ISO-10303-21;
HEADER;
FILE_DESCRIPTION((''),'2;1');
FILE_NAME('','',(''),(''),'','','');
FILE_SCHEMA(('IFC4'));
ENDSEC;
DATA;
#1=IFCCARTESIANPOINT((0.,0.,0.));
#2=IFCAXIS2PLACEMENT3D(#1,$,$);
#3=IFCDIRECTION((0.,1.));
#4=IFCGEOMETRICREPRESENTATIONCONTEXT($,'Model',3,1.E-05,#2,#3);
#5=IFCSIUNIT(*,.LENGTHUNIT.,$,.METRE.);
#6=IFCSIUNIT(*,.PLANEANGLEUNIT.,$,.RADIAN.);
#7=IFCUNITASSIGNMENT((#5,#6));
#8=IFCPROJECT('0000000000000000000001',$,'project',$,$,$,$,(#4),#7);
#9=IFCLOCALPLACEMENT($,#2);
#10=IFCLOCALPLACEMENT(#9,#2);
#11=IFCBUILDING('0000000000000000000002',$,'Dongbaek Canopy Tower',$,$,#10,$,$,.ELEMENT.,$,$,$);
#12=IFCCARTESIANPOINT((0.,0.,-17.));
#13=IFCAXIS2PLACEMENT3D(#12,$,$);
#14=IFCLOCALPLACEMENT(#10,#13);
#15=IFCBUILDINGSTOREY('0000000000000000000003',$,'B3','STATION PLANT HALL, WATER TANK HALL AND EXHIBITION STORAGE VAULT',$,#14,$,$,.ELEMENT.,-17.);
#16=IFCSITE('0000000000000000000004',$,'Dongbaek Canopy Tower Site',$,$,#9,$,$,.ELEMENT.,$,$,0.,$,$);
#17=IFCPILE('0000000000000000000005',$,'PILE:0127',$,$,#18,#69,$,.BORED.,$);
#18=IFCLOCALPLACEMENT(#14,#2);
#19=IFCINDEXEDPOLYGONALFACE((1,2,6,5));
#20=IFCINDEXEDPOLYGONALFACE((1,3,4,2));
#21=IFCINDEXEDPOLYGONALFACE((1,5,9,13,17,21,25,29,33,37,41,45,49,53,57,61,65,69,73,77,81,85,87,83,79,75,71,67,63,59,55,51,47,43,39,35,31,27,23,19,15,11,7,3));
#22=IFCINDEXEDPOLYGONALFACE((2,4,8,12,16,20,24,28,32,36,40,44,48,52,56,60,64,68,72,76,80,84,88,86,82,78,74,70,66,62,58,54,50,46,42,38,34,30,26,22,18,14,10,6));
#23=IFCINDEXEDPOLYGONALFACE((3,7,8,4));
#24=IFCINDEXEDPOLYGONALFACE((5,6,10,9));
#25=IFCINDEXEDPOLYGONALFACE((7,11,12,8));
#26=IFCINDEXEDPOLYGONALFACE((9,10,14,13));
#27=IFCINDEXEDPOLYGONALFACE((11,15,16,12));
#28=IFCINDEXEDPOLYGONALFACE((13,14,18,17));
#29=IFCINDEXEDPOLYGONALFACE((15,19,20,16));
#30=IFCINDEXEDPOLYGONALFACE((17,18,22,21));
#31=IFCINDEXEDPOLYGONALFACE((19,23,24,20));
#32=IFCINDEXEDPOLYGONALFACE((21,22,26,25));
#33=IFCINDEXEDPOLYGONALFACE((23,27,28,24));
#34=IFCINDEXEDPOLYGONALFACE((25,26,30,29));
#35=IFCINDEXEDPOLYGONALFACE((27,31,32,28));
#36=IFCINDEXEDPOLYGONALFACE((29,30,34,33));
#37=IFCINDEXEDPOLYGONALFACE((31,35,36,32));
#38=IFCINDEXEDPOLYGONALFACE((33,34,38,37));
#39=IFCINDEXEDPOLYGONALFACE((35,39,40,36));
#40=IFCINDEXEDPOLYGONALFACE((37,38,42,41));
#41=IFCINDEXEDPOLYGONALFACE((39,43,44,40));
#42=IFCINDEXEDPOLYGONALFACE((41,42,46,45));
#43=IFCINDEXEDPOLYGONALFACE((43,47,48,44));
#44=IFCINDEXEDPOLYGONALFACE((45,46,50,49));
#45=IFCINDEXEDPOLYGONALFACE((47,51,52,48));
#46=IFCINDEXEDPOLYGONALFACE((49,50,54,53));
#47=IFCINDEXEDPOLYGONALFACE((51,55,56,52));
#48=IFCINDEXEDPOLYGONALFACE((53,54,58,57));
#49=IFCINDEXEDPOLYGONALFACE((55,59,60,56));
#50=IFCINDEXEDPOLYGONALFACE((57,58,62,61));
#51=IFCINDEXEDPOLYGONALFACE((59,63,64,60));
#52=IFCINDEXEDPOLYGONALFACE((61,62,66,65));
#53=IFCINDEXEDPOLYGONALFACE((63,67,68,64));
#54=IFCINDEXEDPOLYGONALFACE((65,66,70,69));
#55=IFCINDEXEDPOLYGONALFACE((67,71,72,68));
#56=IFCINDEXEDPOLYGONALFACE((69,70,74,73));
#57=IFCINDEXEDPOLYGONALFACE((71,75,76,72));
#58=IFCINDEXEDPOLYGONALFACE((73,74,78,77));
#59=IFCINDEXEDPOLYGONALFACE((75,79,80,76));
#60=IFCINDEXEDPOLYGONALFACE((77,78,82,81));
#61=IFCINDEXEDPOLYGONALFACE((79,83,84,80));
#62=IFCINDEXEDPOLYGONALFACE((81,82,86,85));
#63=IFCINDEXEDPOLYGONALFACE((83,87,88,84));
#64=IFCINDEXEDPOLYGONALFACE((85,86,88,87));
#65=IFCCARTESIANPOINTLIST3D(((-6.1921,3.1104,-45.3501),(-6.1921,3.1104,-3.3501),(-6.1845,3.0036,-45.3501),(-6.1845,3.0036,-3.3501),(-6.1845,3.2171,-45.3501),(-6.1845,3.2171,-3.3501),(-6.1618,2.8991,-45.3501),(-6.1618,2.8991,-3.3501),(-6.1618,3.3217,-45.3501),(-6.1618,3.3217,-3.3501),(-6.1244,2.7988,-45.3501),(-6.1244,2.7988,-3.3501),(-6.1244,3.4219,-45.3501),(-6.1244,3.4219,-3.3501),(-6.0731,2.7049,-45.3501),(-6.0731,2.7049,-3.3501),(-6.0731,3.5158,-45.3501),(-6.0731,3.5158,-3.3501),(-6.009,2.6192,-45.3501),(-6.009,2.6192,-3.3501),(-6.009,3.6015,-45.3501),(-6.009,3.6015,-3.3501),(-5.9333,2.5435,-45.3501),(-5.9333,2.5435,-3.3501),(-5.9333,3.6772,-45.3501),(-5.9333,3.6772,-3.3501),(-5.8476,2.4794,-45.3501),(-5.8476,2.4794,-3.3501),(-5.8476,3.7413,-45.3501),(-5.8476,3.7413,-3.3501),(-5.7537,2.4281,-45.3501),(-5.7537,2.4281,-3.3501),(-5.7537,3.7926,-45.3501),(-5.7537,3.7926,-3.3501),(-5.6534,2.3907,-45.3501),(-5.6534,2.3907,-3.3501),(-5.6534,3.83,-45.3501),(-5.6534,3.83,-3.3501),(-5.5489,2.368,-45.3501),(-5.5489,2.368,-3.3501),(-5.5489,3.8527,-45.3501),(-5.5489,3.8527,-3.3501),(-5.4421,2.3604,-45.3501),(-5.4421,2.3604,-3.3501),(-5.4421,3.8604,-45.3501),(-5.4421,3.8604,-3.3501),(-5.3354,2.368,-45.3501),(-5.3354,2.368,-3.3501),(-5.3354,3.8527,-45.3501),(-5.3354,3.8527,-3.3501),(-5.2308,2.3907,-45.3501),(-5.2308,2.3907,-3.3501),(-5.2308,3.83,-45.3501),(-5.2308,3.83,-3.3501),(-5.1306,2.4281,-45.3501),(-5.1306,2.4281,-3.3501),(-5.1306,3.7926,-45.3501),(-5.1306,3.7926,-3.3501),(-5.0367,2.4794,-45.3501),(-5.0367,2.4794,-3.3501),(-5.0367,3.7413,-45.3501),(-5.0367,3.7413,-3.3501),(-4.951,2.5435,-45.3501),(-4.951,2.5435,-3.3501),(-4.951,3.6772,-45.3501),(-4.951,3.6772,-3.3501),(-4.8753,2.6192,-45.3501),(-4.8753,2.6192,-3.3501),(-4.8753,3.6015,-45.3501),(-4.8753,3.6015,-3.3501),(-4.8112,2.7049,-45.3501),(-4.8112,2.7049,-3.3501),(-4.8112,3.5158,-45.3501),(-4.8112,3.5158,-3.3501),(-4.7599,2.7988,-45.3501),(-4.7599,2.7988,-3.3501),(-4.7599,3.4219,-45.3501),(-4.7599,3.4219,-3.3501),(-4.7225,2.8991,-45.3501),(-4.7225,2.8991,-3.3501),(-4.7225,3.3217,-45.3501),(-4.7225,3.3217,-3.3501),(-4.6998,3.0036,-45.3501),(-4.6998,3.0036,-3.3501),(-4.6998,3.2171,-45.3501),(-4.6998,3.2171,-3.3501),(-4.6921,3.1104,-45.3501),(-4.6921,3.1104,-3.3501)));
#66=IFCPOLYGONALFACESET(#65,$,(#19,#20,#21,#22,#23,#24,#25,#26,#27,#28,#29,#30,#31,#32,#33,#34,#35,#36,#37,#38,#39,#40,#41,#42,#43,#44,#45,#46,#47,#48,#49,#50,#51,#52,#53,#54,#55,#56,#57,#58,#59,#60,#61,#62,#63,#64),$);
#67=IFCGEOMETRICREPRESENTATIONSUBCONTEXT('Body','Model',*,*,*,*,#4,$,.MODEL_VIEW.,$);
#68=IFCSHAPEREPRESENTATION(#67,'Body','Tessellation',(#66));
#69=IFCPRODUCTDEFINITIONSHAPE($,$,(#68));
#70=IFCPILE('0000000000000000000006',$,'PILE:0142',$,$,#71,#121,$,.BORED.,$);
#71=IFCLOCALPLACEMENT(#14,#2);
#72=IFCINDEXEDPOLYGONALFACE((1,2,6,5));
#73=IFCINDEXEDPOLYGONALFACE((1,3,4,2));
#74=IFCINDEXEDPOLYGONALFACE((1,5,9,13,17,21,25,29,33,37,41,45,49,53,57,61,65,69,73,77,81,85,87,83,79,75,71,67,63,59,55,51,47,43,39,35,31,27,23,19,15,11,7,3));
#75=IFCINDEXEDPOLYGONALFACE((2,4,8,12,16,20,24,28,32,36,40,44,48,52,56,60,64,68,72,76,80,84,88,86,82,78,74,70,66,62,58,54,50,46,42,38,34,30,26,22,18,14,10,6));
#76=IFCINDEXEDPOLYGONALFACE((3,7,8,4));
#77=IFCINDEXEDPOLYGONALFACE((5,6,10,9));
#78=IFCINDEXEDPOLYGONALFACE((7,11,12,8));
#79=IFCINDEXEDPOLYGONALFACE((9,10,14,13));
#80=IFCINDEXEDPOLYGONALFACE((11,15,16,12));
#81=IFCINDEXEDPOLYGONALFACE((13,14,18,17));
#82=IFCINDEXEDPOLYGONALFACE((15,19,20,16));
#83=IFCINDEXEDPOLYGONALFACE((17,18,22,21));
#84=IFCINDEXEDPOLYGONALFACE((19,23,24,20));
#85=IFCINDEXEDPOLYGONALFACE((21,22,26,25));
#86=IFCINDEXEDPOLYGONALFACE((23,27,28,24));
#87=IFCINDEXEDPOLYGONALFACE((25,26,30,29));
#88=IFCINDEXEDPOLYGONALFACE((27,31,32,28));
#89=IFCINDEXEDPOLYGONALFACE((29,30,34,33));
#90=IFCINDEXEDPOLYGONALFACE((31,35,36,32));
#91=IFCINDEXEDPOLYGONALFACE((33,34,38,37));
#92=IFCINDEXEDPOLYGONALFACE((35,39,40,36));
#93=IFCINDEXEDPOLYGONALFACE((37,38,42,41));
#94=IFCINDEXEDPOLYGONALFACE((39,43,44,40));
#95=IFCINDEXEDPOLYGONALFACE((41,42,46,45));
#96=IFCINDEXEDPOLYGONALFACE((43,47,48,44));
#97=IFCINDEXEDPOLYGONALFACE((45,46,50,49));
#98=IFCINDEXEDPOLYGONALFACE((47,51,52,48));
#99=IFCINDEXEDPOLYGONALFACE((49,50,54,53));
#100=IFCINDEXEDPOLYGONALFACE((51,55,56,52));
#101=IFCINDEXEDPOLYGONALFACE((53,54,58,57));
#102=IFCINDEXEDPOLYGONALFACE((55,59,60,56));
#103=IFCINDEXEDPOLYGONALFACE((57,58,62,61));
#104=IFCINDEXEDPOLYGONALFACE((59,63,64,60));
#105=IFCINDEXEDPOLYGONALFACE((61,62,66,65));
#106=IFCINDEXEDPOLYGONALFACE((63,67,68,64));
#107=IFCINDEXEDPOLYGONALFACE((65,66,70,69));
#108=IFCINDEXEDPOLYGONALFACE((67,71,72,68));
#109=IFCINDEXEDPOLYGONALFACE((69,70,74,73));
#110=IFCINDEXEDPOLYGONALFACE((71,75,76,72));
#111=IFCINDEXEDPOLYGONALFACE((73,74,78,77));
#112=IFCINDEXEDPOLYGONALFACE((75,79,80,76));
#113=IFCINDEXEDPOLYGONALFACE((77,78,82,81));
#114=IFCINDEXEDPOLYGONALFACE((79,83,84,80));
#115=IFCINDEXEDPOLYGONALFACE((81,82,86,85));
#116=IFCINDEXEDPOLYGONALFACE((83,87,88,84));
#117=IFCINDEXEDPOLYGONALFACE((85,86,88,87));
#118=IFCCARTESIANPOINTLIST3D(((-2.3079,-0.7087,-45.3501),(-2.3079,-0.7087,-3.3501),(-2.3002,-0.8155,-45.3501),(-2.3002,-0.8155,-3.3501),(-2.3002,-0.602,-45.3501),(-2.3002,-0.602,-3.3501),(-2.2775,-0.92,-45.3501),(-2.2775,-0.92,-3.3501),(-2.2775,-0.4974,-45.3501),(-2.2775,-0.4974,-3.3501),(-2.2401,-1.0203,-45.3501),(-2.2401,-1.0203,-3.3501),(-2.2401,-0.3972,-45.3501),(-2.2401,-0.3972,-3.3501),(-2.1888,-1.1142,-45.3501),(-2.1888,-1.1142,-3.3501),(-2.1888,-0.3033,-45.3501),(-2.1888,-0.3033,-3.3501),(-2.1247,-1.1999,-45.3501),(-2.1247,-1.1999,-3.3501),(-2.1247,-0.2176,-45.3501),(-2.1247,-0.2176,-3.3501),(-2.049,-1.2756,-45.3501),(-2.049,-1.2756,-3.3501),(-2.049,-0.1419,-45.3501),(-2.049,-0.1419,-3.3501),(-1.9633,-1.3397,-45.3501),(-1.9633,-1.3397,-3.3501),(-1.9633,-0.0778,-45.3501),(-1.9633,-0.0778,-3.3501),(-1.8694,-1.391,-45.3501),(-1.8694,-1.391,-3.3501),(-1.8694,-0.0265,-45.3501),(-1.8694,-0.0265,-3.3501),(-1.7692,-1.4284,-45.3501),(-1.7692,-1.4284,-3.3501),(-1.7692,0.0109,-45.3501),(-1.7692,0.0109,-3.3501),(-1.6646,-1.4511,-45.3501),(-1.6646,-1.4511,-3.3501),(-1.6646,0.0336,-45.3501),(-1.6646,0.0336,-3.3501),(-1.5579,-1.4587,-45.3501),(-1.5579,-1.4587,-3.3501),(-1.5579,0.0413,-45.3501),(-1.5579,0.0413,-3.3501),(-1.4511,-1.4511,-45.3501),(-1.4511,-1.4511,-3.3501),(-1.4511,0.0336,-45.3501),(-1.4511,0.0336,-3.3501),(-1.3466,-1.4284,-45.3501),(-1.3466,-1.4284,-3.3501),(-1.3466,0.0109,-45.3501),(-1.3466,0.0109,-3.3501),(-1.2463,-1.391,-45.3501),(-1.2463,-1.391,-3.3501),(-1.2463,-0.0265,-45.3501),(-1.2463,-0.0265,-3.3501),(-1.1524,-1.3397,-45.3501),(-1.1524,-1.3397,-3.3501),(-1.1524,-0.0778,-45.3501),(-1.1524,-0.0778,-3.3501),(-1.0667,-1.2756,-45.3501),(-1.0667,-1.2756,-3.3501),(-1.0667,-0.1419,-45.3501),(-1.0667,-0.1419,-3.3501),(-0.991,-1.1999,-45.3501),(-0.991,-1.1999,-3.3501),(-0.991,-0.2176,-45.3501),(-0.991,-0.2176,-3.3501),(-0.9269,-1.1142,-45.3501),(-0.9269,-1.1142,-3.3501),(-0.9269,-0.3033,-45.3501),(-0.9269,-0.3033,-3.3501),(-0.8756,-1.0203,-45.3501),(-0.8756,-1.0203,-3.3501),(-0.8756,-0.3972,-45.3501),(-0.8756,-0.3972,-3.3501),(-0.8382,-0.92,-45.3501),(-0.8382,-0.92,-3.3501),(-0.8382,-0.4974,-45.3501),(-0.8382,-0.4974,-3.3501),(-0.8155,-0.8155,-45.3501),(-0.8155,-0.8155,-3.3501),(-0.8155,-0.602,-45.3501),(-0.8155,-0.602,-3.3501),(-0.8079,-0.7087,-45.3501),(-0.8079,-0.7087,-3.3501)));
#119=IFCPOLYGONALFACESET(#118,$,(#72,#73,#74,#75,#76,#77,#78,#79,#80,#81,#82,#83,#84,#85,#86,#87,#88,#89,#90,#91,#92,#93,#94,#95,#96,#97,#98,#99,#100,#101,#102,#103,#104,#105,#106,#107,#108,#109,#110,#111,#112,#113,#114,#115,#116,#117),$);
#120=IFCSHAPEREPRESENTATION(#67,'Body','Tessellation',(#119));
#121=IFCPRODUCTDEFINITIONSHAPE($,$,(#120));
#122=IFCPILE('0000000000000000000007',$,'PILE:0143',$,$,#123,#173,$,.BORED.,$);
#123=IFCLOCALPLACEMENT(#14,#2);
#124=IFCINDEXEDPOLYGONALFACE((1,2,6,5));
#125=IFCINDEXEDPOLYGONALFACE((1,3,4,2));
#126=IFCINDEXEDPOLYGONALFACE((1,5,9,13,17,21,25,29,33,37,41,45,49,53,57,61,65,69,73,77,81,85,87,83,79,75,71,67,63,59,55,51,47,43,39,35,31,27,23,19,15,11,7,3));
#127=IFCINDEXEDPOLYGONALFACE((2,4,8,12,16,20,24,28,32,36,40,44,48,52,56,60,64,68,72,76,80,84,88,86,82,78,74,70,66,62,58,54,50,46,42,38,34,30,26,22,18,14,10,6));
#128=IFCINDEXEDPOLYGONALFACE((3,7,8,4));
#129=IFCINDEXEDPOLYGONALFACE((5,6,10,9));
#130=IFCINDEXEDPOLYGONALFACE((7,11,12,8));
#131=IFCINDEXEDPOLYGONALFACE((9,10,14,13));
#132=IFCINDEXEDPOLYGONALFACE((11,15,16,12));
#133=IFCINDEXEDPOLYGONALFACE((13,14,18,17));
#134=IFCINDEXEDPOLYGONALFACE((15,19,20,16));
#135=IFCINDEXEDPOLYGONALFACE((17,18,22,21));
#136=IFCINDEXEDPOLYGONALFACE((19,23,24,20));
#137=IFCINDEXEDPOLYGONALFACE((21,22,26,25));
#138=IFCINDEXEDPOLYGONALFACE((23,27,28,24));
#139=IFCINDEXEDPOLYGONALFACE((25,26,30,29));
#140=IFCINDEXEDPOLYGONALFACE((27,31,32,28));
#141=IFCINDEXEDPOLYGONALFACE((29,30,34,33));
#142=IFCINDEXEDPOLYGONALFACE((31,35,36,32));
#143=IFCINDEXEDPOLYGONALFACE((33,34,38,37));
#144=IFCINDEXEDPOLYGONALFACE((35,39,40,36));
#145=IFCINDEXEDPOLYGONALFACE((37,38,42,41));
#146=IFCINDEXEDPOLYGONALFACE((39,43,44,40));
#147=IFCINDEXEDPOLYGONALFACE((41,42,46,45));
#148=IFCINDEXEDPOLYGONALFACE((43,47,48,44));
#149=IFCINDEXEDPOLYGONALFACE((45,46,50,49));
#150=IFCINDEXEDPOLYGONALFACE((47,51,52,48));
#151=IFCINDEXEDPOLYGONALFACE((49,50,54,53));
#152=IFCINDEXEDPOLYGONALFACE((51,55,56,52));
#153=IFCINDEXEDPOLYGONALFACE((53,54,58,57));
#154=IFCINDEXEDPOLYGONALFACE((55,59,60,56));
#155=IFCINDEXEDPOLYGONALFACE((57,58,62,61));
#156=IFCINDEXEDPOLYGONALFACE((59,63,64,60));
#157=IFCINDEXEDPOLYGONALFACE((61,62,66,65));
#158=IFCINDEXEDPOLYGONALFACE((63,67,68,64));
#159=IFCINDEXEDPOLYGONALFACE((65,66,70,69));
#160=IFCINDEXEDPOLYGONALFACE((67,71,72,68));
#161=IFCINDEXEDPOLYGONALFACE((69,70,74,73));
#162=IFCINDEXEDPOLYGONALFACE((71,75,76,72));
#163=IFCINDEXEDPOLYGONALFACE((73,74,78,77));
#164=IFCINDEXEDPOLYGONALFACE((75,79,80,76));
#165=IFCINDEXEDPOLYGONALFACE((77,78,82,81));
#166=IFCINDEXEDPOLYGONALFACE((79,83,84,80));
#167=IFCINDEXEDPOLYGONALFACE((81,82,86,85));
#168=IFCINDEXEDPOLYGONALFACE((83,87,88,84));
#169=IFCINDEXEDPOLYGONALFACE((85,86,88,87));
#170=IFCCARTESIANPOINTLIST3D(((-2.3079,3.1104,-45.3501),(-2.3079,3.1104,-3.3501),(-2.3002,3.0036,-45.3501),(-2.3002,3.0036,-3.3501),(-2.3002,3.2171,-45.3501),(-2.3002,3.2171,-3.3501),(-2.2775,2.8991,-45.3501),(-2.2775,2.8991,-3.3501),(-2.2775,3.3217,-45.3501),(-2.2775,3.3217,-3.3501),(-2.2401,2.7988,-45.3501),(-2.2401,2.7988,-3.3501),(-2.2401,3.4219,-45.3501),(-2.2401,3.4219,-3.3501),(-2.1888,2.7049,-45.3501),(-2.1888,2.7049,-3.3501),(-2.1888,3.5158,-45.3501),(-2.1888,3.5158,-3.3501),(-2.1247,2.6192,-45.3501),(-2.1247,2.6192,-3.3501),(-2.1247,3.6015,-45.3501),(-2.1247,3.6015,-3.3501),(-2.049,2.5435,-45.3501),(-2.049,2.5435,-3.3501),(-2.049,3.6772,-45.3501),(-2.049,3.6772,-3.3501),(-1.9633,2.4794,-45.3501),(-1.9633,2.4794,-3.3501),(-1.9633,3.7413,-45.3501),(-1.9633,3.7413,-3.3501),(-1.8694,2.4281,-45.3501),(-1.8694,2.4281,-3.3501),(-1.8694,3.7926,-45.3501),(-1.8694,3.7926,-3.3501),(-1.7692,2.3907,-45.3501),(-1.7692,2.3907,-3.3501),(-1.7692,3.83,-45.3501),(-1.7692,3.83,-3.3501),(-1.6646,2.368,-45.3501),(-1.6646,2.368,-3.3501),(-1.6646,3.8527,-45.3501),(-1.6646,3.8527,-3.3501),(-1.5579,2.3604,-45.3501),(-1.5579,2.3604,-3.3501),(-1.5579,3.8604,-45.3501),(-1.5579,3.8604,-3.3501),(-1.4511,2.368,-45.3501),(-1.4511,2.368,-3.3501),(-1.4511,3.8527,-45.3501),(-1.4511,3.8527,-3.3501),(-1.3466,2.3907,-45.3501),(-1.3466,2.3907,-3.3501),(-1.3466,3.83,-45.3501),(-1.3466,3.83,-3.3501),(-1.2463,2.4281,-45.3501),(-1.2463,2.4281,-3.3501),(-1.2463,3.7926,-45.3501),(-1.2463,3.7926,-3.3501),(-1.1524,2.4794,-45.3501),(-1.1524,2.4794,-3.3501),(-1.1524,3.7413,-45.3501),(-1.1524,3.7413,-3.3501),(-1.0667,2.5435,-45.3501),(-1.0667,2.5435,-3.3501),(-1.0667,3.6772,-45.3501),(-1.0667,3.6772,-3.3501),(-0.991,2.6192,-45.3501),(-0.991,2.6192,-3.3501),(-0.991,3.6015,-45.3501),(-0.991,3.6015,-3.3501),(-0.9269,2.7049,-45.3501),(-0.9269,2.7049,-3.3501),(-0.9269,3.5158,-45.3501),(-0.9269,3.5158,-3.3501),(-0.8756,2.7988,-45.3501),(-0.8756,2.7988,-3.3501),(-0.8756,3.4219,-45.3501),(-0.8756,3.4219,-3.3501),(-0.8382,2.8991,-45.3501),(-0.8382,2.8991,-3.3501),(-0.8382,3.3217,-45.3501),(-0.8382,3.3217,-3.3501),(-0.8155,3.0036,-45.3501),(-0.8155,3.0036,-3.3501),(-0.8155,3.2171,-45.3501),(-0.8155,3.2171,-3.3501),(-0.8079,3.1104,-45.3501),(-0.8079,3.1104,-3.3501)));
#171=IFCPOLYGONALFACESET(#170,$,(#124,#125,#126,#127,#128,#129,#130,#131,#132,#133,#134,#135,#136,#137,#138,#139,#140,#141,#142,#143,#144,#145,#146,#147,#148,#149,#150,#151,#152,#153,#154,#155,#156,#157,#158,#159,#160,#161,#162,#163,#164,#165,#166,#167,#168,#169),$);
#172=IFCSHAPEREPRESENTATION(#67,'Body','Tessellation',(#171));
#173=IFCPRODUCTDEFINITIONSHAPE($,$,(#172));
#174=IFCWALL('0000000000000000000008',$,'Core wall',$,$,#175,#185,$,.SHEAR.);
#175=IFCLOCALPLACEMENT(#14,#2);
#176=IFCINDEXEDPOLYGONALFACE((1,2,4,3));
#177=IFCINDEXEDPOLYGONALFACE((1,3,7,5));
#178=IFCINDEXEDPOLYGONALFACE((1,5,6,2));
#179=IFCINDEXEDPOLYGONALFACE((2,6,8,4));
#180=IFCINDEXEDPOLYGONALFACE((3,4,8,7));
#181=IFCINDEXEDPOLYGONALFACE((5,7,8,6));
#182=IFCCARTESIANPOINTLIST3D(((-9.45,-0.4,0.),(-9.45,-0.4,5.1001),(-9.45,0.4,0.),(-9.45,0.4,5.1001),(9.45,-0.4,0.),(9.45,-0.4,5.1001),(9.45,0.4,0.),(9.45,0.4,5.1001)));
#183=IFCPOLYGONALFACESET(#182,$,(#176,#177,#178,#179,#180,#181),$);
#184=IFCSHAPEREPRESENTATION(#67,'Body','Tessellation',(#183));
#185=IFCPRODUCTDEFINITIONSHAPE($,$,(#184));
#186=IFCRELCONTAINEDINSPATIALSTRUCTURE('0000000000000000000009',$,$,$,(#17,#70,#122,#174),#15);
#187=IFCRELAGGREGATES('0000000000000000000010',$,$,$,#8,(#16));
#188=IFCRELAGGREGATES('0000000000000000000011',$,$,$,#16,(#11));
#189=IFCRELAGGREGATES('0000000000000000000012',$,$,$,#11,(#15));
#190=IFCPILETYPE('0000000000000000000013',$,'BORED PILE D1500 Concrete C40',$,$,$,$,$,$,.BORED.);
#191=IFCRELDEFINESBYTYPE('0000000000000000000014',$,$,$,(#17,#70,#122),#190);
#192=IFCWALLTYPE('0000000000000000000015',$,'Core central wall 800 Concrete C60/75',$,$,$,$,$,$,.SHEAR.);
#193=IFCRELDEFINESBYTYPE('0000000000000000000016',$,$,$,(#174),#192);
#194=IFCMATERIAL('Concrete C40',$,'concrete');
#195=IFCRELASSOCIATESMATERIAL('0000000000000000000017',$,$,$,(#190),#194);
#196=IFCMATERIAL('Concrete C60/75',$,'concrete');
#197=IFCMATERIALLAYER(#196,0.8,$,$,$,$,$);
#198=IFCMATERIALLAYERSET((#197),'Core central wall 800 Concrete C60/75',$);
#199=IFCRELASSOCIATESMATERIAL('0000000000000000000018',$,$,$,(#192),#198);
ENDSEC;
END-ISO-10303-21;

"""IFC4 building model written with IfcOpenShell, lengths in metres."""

from ifc_helpers import new_model, si_unit, direction, frame, frame_2d, origin, origin_2d, place, context, subcontext, project, spatial, rectangle, circle, extrude, material, layer, layer_set, material_profile, profile_set, type_object, element, save


model = new_model("IFC4")

# Units and contexts
model_context = context("Model", 3, precision=1e-05, world=origin(), true_north=direction((0.0, 1.0)))
body_context = subcontext(model_context, "Body", "Model", "MODEL_VIEW")
ifc_project = project(units=[si_unit("LENGTHUNIT", "METRE"), si_unit("PLANEANGLEUNIT", "RADIAN")], contexts=[model_context])

# Site, building, storey
site_placement = place(None, origin())
site = spatial("IfcSite", under=ifc_project, at=site_placement, Name="Dongbaek Canopy Tower Site", CompositionType="ELEMENT", RefElevation=0.0)
building_placement = place(site_placement, origin())
building = spatial("IfcBuilding", under=site, at=building_placement, Name="Dongbaek Canopy Tower", CompositionType="ELEMENT")
storey_placement = place(building_placement, frame((0.0, 0.0, -17.0)))
storey = spatial("IfcBuildingStorey", under=building, at=storey_placement, Name="B3", Description="STATION PLANT HALL, WATER TANK HALL AND EXHIBITION STORAGE VAULT", CompositionType="ELEMENT", Elevation=-17.0)

# Piles
ifc_material_1 = material(Name="Concrete C40", Category="concrete")
ifc_material_profile = material_profile(ifc_material_1, circle(Radius=0.75, at=origin_2d()), Name="BORED PILE D1500 Concrete C40")
ifc_profile_set = profile_set([ifc_material_profile], Name="Concrete C40")
pile_type = type_object("IfcPileType", Name="BORED PILE D1500 Concrete C40", PredefinedType="BORED", material=ifc_profile_set)
for number, where, z_axis, x_axis, name in (
    (1, (-5.4421, 3.1104, -3.3501), (0.0, 0.0, -1.0), (1.0, 0.0, 0.0), "PILE:0127"),
    (2, (-1.5579, -0.7087, -3.3501), (0.0, 0.0, -1.0), (1.0, 0.0, 0.0), "PILE:0142"),
    (3, (-1.5579, 3.1104, -3.3501), (0.0, 0.0, -1.0), (1.0, 0.0, 0.0), "PILE:0143"),
):
    element("IfcPile", number, at=place(storey_placement, frame(where, z_axis=z_axis, x_axis=x_axis)), inside=storey, type_object=pile_type, Name=name, PredefinedType="BORED", context=body_context, shape_type="SweptSolid", body=[
        extrude(circle(Radius=0.75, at=origin_2d()), origin(), (0.0, 0.0, 1.0), 42.0),
    ])

# Wall
ifc_material_2 = material(Name="Concrete C60/75", Category="concrete")
ifc_layer_1 = layer(ifc_material_2, 0.8)
ifc_layer_set_1 = layer_set([ifc_layer_1], Name="Core central wall 800 Concrete C60/75")
wall_type_1 = type_object("IfcWallType", Name="Core central wall 800 Concrete C60/75", PredefinedType="SHEAR", material=ifc_layer_set_1)
wall_1_placement = place(storey_placement, frame((-9.45, 0.0, 0.0), z_axis=(0.0, 0.0, 1.0), x_axis=(1.0, 0.0, 0.0)))
element("IfcWall", 4, at=wall_1_placement, inside=storey, type_object=wall_type_1, Name="Core wall", PredefinedType="SHEAR", context=body_context, shape_type="SweptSolid", body=[
    extrude(rectangle(XDim=18.8999, YDim=0.8, at=frame_2d((9.45, 0.0))), origin(), (0.0, 0.0, 1.0), 5.1001),
])

save(model, "model.ifc")
